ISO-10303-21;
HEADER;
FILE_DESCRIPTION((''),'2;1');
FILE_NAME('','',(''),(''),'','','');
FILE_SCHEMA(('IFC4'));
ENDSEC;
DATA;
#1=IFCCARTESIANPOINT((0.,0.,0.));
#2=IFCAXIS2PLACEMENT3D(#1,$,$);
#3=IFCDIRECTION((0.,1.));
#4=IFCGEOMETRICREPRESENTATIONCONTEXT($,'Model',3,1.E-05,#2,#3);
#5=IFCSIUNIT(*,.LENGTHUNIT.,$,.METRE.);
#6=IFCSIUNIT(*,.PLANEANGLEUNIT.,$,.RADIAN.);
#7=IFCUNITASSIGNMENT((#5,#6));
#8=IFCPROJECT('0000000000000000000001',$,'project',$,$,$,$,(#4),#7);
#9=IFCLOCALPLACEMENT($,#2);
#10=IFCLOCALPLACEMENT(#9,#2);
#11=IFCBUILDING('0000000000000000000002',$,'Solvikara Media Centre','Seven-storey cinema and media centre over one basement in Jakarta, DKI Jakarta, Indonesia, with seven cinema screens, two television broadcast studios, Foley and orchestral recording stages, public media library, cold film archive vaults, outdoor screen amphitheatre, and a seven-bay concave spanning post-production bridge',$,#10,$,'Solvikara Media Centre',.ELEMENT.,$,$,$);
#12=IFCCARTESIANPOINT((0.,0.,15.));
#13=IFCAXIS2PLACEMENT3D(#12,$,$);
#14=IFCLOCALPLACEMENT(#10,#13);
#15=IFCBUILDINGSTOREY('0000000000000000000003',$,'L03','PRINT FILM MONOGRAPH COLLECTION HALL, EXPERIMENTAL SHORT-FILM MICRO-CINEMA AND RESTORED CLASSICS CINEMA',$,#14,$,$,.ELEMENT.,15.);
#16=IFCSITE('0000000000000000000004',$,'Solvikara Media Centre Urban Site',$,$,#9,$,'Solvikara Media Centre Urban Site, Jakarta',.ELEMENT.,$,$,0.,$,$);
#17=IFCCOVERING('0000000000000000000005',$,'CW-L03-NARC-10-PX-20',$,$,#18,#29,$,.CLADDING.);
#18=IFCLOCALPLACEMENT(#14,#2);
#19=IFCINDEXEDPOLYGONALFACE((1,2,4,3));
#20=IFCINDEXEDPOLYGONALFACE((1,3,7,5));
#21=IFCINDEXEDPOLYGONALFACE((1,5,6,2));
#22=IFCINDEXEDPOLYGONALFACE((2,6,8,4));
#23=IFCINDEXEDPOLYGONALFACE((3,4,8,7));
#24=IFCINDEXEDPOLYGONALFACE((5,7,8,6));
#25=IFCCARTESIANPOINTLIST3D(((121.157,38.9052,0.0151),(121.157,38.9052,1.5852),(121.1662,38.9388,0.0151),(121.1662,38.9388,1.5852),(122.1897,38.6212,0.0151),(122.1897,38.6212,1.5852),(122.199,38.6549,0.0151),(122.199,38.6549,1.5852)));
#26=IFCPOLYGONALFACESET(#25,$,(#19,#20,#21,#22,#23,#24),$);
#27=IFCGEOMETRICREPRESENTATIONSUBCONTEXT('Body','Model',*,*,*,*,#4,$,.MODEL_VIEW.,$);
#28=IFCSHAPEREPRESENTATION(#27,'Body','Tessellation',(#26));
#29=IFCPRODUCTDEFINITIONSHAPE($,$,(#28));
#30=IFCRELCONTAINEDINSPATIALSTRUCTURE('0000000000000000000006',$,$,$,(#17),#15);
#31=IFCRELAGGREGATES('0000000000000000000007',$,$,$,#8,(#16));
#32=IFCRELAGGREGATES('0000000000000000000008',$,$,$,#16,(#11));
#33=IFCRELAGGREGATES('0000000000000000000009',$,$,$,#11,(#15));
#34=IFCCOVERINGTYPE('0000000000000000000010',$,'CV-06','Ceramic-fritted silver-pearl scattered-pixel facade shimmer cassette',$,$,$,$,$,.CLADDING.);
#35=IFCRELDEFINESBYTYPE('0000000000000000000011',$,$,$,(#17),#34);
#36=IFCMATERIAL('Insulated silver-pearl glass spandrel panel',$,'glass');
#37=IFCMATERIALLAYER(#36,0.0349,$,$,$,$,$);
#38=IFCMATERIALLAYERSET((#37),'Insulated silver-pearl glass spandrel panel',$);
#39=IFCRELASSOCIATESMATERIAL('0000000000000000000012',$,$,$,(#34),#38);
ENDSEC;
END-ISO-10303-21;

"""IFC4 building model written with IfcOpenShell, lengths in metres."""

from ifc_helpers import new_model, si_unit, direction, frame, origin, origin_2d, place, context, subcontext, project, spatial, rectangle, extrude, material, layer, layer_set, type_object, element, save


model = new_model("IFC4")

# Units and contexts
model_context = context("Model", 3, precision=1e-05, world=origin(), true_north=direction((0.0, 1.0)))
body_context = subcontext(model_context, "Body", "Model", "MODEL_VIEW")
ifc_project = project(units=[si_unit("LENGTHUNIT", "METRE"), si_unit("PLANEANGLEUNIT", "RADIAN")], contexts=[model_context])

# Site, building, storey
site_placement = place(None, origin())
site = spatial("IfcSite", under=ifc_project, at=site_placement, Name="Solvikara Media Centre Urban Site", LongName="Solvikara Media Centre Urban Site, Jakarta", CompositionType="ELEMENT", RefElevation=0.0)
building_placement = place(site_placement, origin())
building = spatial("IfcBuilding", under=site, at=building_placement, Name="Solvikara Media Centre", Description="Seven-storey cinema and media centre over one basement in Jakarta, DKI Jakarta, Indonesia, with seven cinema screens, two television broadcast studios, Foley and orchestral recording stages, public media library, cold film archive vaults, outdoor screen amphitheatre, and a seven-bay concave spanning post-production bridge", LongName="Solvikara Media Centre", CompositionType="ELEMENT")
storey_placement = place(building_placement, frame((0.0, 0.0, 15.0)))
storey = spatial("IfcBuildingStorey", under=building, at=storey_placement, Name="L03", Description="PRINT FILM MONOGRAPH COLLECTION HALL, EXPERIMENTAL SHORT-FILM MICRO-CINEMA AND RESTORED CLASSICS CINEMA", CompositionType="ELEMENT", Elevation=15.0)

# Shared definitions
ifc_material_1 = material(Name="Insulated silver-pearl glass spandrel panel", Category="glass")

# Covering
ifc_layer_1 = layer(ifc_material_1, 0.0349)
ifc_layer_set_1 = layer_set([ifc_layer_1], Name="Insulated silver-pearl glass spandrel panel")
covering_type = type_object("IfcCoveringType", Name="CV-06", Description="Ceramic-fritted silver-pearl scattered-pixel facade shimmer cassette", PredefinedType="CLADDING", material=ifc_layer_set_1)
covering_placement = place(storey_placement, frame((121.678, 38.78, 0.0151), z_axis=(0.0, 0.0, 1.0), x_axis=(0.964225, -0.265085, 0.0)))
element("IfcCovering", 1, at=covering_placement, inside=storey, type_object=covering_type, Name="CW-L03-NARC-10-PX-20", PredefinedType="CLADDING", context=body_context, shape_type="SweptSolid", body=[
    extrude(rectangle(XDim=1.071, YDim=0.0349, at=origin_2d()), origin(), (0.0, 0.0, 1.0), 1.5701),
])

save(model, "model.ifc")
